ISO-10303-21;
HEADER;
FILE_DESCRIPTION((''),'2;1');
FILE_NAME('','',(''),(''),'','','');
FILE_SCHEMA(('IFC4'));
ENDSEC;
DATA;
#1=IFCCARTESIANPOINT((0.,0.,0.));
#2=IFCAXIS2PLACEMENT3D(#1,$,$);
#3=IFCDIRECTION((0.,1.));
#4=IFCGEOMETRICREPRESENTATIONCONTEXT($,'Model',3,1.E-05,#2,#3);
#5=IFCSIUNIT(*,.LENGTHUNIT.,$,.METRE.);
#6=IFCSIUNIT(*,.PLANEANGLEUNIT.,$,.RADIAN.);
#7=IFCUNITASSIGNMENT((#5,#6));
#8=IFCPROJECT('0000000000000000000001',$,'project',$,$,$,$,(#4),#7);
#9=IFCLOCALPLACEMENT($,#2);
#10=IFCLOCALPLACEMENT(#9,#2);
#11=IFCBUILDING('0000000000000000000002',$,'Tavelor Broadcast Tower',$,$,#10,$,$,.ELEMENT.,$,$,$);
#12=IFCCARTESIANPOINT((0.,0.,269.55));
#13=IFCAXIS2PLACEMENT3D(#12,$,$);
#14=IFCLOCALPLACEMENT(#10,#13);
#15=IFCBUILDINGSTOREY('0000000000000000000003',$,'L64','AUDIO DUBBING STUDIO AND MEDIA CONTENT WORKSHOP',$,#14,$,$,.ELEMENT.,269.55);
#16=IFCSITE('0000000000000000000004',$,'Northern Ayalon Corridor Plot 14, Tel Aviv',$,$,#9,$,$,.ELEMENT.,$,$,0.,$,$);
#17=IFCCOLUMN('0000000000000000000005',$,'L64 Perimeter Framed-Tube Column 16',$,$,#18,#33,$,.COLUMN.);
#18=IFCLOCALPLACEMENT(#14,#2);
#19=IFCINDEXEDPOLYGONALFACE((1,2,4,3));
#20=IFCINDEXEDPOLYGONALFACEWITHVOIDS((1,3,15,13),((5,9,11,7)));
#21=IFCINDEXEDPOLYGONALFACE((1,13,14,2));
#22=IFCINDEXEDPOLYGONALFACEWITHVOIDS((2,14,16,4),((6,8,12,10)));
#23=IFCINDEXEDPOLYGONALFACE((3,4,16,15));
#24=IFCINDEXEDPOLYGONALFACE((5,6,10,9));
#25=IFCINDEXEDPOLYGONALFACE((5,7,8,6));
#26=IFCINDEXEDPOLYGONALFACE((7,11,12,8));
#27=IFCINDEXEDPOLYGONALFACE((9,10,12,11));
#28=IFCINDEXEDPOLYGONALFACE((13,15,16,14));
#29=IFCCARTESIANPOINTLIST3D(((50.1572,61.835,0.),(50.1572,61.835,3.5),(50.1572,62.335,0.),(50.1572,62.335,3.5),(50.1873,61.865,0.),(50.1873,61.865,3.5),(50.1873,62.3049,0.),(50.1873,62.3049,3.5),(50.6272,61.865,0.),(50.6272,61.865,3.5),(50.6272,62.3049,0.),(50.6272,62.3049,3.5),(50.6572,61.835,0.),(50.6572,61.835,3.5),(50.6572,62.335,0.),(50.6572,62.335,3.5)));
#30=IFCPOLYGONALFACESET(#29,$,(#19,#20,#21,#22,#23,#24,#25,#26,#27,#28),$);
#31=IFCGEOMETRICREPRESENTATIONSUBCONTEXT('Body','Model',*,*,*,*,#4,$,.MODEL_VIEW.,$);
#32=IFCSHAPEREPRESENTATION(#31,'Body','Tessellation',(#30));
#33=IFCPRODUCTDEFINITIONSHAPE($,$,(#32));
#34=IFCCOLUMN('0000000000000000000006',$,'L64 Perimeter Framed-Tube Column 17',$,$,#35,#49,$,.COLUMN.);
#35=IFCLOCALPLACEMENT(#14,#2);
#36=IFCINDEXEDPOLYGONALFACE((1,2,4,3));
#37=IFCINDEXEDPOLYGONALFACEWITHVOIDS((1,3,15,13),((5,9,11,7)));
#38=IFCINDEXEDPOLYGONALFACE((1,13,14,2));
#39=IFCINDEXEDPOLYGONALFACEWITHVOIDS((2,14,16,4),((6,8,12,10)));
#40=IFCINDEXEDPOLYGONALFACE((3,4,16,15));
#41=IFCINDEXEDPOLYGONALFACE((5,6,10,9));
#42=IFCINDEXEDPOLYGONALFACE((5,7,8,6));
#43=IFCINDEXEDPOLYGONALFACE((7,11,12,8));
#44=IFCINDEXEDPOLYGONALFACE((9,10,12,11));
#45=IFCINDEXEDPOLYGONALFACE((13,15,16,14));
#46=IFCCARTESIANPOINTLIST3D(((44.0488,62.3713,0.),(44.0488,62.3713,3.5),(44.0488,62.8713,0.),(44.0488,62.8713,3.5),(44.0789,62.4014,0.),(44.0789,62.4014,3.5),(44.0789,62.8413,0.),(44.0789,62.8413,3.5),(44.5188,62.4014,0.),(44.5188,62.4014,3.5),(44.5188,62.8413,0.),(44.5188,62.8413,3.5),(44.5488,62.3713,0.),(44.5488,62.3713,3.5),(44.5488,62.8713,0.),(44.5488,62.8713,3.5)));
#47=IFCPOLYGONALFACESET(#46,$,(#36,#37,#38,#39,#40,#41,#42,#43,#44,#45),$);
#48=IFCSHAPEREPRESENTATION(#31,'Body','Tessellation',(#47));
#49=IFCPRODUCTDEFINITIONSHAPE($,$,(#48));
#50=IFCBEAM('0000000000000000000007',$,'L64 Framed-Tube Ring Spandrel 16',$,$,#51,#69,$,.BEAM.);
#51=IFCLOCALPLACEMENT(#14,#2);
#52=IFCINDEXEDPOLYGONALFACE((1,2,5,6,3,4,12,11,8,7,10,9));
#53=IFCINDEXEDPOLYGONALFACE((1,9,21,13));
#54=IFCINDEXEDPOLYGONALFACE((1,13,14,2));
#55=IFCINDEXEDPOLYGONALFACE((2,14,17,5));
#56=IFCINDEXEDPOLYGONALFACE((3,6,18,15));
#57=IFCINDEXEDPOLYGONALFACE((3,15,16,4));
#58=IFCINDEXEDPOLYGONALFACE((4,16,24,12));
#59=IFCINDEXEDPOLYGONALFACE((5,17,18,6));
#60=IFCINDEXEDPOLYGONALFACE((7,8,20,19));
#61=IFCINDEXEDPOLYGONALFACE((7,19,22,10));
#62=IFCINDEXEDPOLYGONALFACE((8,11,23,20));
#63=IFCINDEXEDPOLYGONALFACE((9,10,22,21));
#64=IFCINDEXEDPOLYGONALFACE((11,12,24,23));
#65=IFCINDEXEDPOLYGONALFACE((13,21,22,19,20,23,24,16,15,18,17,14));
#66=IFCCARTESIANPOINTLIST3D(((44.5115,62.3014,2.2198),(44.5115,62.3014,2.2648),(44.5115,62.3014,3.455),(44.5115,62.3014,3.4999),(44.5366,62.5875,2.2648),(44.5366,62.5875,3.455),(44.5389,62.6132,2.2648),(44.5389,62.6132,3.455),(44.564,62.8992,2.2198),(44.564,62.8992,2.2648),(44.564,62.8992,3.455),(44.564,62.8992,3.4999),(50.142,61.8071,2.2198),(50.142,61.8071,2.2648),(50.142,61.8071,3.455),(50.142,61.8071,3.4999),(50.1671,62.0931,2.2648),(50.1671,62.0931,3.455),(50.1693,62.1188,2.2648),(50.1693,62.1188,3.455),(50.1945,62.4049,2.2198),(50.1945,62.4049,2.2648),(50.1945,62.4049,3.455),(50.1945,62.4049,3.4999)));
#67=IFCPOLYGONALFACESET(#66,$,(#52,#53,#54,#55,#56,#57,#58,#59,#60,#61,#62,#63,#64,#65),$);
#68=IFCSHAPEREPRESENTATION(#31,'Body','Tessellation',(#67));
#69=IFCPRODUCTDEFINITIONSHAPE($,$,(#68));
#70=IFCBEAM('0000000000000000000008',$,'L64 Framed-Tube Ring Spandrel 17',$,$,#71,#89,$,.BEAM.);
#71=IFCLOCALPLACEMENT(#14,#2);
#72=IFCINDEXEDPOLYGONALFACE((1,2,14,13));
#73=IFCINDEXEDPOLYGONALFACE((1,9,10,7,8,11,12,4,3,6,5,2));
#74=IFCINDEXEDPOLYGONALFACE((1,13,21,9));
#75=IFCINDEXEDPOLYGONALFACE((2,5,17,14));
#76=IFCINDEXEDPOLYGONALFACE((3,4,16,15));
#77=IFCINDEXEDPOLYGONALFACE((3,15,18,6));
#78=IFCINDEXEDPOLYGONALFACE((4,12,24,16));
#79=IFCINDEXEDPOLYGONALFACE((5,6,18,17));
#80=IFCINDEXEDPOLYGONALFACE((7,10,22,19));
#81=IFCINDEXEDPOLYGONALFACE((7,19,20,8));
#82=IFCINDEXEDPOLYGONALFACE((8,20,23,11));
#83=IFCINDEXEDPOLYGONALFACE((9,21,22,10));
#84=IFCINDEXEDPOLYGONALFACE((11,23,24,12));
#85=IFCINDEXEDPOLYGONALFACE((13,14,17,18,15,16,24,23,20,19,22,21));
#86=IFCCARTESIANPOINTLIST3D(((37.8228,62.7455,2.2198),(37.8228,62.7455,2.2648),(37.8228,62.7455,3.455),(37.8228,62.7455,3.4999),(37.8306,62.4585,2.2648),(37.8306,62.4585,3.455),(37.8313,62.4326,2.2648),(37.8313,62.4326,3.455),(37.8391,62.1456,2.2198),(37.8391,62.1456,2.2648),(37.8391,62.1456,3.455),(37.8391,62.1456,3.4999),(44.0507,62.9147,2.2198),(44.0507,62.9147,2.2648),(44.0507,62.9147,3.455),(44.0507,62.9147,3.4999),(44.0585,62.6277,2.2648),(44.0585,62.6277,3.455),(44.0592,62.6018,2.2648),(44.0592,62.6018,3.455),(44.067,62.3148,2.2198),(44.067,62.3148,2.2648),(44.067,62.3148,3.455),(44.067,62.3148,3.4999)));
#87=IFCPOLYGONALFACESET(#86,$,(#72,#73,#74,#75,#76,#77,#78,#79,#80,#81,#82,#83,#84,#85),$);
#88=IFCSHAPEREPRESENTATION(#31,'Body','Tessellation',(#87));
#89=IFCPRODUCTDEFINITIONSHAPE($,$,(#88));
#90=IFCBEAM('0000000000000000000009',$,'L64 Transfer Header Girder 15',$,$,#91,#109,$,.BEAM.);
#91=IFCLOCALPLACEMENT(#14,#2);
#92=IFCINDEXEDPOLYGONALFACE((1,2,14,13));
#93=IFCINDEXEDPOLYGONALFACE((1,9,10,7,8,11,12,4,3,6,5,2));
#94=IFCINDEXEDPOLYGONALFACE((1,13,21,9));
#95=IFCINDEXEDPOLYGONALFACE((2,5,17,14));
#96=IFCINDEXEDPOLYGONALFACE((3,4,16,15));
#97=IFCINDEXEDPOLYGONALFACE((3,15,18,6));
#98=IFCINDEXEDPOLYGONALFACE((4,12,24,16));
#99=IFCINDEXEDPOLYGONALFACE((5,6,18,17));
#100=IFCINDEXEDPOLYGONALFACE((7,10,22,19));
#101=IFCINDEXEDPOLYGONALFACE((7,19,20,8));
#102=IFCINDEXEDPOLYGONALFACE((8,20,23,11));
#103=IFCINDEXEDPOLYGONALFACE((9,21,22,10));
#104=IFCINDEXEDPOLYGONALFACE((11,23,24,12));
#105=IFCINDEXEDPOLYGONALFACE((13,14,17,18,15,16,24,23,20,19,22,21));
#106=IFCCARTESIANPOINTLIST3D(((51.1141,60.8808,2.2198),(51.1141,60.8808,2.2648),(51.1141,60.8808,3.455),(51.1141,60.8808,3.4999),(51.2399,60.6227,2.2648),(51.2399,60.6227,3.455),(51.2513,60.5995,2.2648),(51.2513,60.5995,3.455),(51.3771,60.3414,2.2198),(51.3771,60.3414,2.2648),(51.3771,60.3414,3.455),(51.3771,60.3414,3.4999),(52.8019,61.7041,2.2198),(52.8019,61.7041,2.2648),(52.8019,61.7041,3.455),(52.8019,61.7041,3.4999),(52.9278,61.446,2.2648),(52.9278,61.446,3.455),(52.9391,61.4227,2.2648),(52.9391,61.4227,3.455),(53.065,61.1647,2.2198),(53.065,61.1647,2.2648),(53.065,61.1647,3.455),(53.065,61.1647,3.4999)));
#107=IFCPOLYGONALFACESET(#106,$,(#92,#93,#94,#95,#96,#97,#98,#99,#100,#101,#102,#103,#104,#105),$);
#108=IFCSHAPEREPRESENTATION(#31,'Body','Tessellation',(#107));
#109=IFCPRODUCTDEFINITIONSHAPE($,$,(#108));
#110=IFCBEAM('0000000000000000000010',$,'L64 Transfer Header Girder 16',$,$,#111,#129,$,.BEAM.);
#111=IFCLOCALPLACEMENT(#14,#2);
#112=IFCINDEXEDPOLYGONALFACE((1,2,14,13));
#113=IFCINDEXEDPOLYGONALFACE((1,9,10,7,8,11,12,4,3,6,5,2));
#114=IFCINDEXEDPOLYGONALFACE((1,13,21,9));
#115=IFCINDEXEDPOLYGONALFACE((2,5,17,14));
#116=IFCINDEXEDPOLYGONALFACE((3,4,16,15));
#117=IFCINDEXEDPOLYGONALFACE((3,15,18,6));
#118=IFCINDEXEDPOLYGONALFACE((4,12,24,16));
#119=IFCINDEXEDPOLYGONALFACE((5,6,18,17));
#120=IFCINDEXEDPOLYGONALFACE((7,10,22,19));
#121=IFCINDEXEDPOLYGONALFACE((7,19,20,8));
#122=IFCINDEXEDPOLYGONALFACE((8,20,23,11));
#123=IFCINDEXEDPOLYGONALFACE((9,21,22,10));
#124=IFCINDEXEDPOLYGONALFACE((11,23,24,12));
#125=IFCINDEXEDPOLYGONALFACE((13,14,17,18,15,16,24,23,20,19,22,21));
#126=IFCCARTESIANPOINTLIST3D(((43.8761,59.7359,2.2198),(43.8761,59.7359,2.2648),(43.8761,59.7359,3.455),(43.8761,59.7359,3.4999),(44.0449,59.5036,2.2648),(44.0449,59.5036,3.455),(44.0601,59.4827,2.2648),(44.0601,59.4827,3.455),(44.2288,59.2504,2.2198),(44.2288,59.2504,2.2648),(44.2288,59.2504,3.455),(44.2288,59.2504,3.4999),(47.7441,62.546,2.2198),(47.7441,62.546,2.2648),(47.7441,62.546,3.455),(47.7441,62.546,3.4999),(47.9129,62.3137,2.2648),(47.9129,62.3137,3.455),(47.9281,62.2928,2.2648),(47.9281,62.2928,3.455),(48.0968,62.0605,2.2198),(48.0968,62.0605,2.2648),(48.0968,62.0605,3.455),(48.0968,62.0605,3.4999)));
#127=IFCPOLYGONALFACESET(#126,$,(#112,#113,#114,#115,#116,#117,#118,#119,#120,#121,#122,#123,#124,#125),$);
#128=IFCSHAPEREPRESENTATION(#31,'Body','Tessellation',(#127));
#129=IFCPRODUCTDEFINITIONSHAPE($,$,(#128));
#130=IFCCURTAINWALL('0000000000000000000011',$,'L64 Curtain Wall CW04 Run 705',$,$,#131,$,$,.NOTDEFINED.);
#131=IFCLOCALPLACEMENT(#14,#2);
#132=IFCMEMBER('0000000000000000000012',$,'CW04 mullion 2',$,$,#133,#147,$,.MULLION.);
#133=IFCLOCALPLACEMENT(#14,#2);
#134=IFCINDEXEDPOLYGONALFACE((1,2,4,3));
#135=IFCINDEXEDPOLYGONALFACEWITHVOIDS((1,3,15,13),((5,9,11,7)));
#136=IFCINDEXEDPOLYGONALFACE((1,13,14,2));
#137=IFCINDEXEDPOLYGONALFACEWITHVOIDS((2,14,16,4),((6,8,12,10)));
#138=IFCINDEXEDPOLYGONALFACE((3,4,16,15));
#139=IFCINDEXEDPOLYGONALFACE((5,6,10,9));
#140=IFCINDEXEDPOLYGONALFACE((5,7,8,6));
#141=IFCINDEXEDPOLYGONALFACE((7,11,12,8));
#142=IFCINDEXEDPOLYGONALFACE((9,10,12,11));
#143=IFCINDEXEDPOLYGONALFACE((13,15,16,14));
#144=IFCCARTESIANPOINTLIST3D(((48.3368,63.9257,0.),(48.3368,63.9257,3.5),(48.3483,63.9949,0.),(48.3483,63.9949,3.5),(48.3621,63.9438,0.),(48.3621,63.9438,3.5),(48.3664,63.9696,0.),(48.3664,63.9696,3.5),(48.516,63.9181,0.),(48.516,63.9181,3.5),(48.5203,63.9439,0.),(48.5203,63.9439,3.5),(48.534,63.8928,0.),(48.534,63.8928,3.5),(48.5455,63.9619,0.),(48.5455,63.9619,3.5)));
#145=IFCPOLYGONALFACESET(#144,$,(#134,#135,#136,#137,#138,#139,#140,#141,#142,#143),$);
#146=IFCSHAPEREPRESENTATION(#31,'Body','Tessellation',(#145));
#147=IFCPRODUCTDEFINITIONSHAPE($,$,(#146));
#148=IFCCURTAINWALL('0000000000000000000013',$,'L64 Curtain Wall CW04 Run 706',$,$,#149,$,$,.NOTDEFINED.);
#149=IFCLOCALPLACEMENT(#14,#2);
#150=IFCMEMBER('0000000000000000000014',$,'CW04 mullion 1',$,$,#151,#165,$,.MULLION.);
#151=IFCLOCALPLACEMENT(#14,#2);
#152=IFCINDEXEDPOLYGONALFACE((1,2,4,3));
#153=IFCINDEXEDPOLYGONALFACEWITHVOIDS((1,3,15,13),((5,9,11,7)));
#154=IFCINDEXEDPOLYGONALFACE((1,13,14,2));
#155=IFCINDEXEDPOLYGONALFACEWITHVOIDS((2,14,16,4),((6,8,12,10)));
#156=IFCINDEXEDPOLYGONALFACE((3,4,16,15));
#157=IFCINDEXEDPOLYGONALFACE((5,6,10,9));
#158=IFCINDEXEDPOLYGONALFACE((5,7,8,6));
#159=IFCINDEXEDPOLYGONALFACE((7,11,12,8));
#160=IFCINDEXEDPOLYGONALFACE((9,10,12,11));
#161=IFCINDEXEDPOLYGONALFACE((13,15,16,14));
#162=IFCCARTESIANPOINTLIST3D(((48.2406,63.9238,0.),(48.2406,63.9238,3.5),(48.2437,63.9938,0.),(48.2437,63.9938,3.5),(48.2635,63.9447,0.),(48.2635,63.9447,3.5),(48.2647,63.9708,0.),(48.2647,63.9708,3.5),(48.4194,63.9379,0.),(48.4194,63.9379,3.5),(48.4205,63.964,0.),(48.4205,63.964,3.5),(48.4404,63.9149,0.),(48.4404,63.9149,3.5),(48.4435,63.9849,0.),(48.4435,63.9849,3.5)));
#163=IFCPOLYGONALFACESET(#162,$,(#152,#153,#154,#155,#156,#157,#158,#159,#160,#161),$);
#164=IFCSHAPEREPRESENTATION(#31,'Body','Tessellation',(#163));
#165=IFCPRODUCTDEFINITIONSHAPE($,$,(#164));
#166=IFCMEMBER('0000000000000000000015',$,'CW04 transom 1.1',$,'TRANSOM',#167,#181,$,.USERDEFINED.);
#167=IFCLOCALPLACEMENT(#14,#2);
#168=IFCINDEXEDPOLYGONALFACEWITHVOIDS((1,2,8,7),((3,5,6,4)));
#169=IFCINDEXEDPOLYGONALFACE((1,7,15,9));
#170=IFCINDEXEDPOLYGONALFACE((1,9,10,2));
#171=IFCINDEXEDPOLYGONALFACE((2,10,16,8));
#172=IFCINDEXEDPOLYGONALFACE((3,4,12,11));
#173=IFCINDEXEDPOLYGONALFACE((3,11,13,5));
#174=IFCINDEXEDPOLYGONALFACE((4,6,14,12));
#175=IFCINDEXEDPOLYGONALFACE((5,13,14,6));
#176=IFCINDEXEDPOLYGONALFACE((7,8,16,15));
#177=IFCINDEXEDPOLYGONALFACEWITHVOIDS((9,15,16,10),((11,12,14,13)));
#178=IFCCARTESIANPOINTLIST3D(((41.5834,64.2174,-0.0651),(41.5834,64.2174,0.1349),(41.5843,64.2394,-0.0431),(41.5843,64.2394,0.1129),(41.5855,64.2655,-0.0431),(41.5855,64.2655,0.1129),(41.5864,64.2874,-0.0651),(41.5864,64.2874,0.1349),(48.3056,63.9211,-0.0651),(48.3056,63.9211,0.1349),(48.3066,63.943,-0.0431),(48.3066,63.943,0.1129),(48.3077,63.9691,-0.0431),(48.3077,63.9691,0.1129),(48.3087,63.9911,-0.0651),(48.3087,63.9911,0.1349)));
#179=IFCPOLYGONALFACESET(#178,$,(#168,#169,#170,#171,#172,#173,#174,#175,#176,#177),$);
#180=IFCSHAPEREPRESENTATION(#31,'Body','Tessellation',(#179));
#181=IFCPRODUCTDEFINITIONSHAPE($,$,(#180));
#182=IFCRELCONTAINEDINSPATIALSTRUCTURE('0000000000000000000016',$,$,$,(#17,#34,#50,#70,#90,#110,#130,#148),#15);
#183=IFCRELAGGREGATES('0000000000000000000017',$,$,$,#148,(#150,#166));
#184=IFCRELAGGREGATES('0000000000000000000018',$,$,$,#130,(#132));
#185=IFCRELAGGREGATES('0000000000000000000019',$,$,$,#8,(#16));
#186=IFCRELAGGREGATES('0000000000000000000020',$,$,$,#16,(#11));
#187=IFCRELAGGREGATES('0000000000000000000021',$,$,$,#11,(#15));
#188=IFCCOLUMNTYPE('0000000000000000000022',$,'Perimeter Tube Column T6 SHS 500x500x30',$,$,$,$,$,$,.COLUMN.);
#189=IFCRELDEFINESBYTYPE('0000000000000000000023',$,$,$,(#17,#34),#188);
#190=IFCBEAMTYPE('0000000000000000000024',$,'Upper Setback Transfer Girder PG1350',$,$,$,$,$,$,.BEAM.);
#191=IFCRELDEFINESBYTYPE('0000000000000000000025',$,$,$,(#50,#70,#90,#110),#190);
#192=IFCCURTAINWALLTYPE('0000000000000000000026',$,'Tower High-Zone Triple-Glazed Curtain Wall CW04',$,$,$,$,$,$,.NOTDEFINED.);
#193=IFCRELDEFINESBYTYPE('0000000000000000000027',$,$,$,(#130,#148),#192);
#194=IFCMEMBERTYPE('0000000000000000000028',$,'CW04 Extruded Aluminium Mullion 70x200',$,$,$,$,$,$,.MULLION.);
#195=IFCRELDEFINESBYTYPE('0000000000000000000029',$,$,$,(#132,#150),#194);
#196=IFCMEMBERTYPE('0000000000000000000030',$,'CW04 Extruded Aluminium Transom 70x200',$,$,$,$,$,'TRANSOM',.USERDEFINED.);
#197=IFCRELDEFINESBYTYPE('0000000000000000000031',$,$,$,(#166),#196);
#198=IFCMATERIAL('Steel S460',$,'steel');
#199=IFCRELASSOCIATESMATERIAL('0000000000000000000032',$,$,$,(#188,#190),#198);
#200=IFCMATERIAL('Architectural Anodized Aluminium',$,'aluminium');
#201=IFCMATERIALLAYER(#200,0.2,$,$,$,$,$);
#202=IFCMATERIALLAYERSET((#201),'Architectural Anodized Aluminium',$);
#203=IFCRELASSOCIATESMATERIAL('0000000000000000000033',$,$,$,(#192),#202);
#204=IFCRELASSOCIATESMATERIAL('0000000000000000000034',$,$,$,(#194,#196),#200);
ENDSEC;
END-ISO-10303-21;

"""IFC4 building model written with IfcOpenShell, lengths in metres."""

from ifc_helpers import new_model, si_unit, direction, frame, origin, origin_2d, place, context, subcontext, project, spatial, hollow_rectangle, i_section, extrude, source, transform, mapped, material, layer, layer_set, material_profile, profile_set, type_object, type_shapes, element, aggregate, save


model = new_model("IFC4")

# Units and contexts
model_context = context("Model", 3, precision=1e-05, world=origin(), true_north=direction((0.0, 1.0)))
body_context = subcontext(model_context, "Body", "Model", "MODEL_VIEW")
ifc_project = project(units=[si_unit("LENGTHUNIT", "METRE"), si_unit("PLANEANGLEUNIT", "RADIAN")], contexts=[model_context])

# Site, building, storey
site_placement = place(None, origin())
site = spatial("IfcSite", under=ifc_project, at=site_placement, Name="Northern Ayalon Corridor Plot 14, Tel Aviv", CompositionType="ELEMENT", RefElevation=0.0)
building_placement = place(site_placement, origin())
building = spatial("IfcBuilding", under=site, at=building_placement, Name="Tavelor Broadcast Tower", CompositionType="ELEMENT")
storey_placement = place(building_placement, frame((0.0, 0.0, 269.55)))
storey = spatial("IfcBuildingStorey", under=building, at=storey_placement, Name="L64", Description="AUDIO DUBBING STUDIO AND MEDIA CONTENT WORKSHOP", CompositionType="ELEMENT", Elevation=269.55)

# Columns
ifc_material_1 = material(Name="Steel S460", Category="steel")
ifc_material_profile_1 = material_profile(ifc_material_1, hollow_rectangle(XDim=0.5, YDim=0.5, WallThickness=0.03, at=origin_2d()), Name="SHS 500x500x30")
ifc_profile_set_1 = profile_set([ifc_material_profile_1], Name="Steel S460")
column_type = type_object("IfcColumnType", Name="Perimeter Tube Column T6 SHS 500x500x30", PredefinedType="COLUMN", material=ifc_profile_set_1)
for number, where, z_axis, x_axis, name in (
    (1, (50.4072, 62.085, 0.0), (0.0, 0.0, 1.0), (1.0, 0.0, 0.0), "L64 Perimeter Framed-Tube Column 16"),
    (2, (44.2988, 62.6213, 0.0), (0.0, 0.0, 1.0), (1.0, 0.0, 0.0), "L64 Perimeter Framed-Tube Column 17"),
):
    element("IfcColumn", number, at=place(storey_placement, frame(where, z_axis=z_axis, x_axis=x_axis)), inside=storey, type_object=column_type, Name=name, PredefinedType="COLUMN", context=body_context, shape_type="SweptSolid", body=[
        extrude(hollow_rectangle(XDim=0.5, YDim=0.5, WallThickness=0.03, at=origin_2d()), origin(), (0.0, 0.0, 1.0), 3.5),
    ])

# Beams
ifc_material_profile_2 = material_profile(ifc_material_1, i_section(OverallWidth=0.6001, OverallDepth=1.28, WebThickness=0.0259, FlangeThickness=0.0449, at=origin_2d()), Name="PG 1280x600")
ifc_profile_set_2 = profile_set([ifc_material_profile_2], Name="Steel S460")
beam_type = type_object("IfcBeamType", Name="Upper Setback Transfer Girder PG1350", PredefinedType="BEAM", material=ifc_profile_set_2)
beam_1_placement = place(storey_placement, frame((50.1682, 62.106, 2.8599), z_axis=(-0.996167, 0.08747, 0.0), x_axis=(-0.08747, -0.996167, 0.0)))
element("IfcBeam", 3, at=beam_1_placement, inside=storey, type_object=beam_type, Name="L64 Framed-Tube Ring Spandrel 16", PredefinedType="BEAM", context=body_context, shape_type="SweptSolid", body=[
    extrude(i_section(OverallWidth=0.6001, OverallDepth=1.28, WebThickness=0.0259, FlangeThickness=0.0449, at=origin_2d()), origin(), (0.0, 0.0, 1.0), 5.6521),
])
beam_2_placement = place(storey_placement, frame((44.0588, 62.6147, 2.8599), z_axis=(-0.999631, -0.027156, 0.0), x_axis=(0.027156, -0.999631, 0.0)))
element("IfcBeam", 4, at=beam_2_placement, inside=storey, type_object=beam_type, Name="L64 Framed-Tube Ring Spandrel 17", PredefinedType="BEAM", context=body_context, shape_type="SweptSolid", body=[
    extrude(i_section(OverallWidth=0.6001, OverallDepth=1.28, WebThickness=0.0259, FlangeThickness=0.0449, at=origin_2d()), origin(), (0.0, 0.0, 1.0), 6.2302),
])
beam_3_placement = place(storey_placement, frame((51.2456, 60.6111, 2.8599), z_axis=(0.898778, 0.438403, 0.0), x_axis=(-0.438403, 0.898778, 0.0)))
element("IfcBeam", 5, at=beam_3_placement, inside=storey, type_object=beam_type, Name="L64 Transfer Header Girder 15", PredefinedType="BEAM", context=body_context, shape_type="SweptSolid", body=[
    extrude(i_section(OverallWidth=0.6001, OverallDepth=1.28, WebThickness=0.0259, FlangeThickness=0.0449, at=origin_2d()), origin(), (0.0, 0.0, 1.0), 1.8779),
])
beam_4_placement = place(storey_placement, frame((44.0525, 59.4932, 2.8599), z_axis=(0.809032, 0.587765, 0.0), x_axis=(-0.587765, 0.809032, 0.0)))
element("IfcBeam", 6, at=beam_4_placement, inside=storey, type_object=beam_type, Name="L64 Transfer Header Girder 16", PredefinedType="BEAM", context=body_context, shape_type="SweptSolid", body=[
    extrude(i_section(OverallWidth=0.6001, OverallDepth=1.28, WebThickness=0.0259, FlangeThickness=0.0449, at=origin_2d()), origin(), (0.0, 0.0, 1.0), 4.781),
])

# Curtain wall, member
ifc_material_2 = material(Name="Architectural Anodized Aluminium", Category="aluminium")
ifc_layer_1 = layer(ifc_material_2, 0.2)
ifc_layer_set_1 = layer_set([ifc_layer_1], Name="Architectural Anodized Aluminium")
curtain_wall_type = type_object("IfcCurtainWallType", Name="Tower High-Zone Triple-Glazed Curtain Wall CW04", PredefinedType="NOTDEFINED", material=ifc_layer_set_1)
curtain_wall_1_placement = place(storey_placement, origin())
curtain_wall_1 = element("IfcCurtainWall", 7, at=curtain_wall_1_placement, inside=storey, type_object=curtain_wall_type, Name="L64 Curtain Wall CW04 Run 705", PredefinedType="NOTDEFINED")
ifc_material_profile_3 = material_profile(ifc_material_2, hollow_rectangle(XDim=0.0701, YDim=0.2, WallThickness=0.022, at=origin_2d()), Name="RHS 70x200x22")
ifc_profile_set_3 = profile_set([ifc_material_profile_3], Name="Architectural Anodized Aluminium")
member_type_1 = type_object("IfcMemberType", Name="CW04 Extruded Aluminium Mullion 70x200", PredefinedType="MULLION", material=ifc_profile_set_3)
shared_shape_1 = source(origin(), body_context, "Body", "SweptSolid", [
    extrude(hollow_rectangle(XDim=0.0701, YDim=0.2, WallThickness=0.022, at=origin_2d()), origin(), (0.0, 0.0, 1.0), 3.5),
])
type_shapes(member_type_1, [shared_shape_1])
member_1_placement = place(storey_placement, frame((48.4412, 63.9438, 0.0), z_axis=(0.0, 0.0, 1.0), x_axis=(-0.164609, -0.986359, 0.0)))
member_1 = element("IfcMember", 8, at=member_1_placement, type_object=member_type_1, Name="CW04 mullion 2", PredefinedType="MULLION", context=body_context, shape_type="MappedRepresentation", body=[
    mapped(shared_shape_1, transform((0.0, 0.0, 0.0), scale=1.0)),
])

# Curtain wall, members
curtain_wall_2_placement = place(storey_placement, origin())
curtain_wall_2 = element("IfcCurtainWall", 9, at=curtain_wall_2_placement, inside=storey, type_object=curtain_wall_type, Name="L64 Curtain Wall CW04 Run 706", PredefinedType="NOTDEFINED")
member_2_placement = place(storey_placement, frame((48.342, 63.9543, 0.0), z_axis=(0.0, 0.0, 1.0), x_axis=(-0.044056, -0.999029, 0.0)))
member_2 = element("IfcMember", 10, at=member_2_placement, type_object=member_type_1, Name="CW04 mullion 1", PredefinedType="MULLION", context=body_context, shape_type="MappedRepresentation", body=[
    mapped(shared_shape_1, transform((0.0, 0.0, 0.0), scale=1.0)),
])
ifc_material_profile_4 = material_profile(ifc_material_2, hollow_rectangle(XDim=0.0701, YDim=0.2, WallThickness=0.022, at=origin_2d()), Name="RHS 70x200x22")
ifc_profile_set_4 = profile_set([ifc_material_profile_4], Name="Architectural Anodized Aluminium")
member_type_2 = type_object("IfcMemberType", Name="CW04 Extruded Aluminium Transom 70x200", ElementType="TRANSOM", PredefinedType="USERDEFINED", material=ifc_profile_set_4)
shared_shape_2 = source(origin(), body_context, "Body", "SweptSolid", [
    extrude(hollow_rectangle(XDim=0.0701, YDim=0.2, WallThickness=0.022, at=origin_2d()), origin(), (0.0, 0.0, 1.0), 6.7288),
])
type_shapes(member_type_2, [shared_shape_2])
member_3_placement = place(storey_placement, frame((48.3071, 63.9561, 0.0349), z_axis=(-0.999029, 0.044048, 0.0), x_axis=(-0.044048, -0.999029, 0.0)))
member_3 = element("IfcMember", 11, at=member_3_placement, type_object=member_type_2, Name="CW04 transom 1.1", ObjectType="TRANSOM", PredefinedType="USERDEFINED", context=body_context, shape_type="MappedRepresentation", body=[
    mapped(shared_shape_2, transform((0.0, 0.0, 0.0), scale=1.0)),
])

aggregate(curtain_wall_2, [member_2, member_3])
aggregate(curtain_wall_1, [member_1])

save(model, "model.ifc")
